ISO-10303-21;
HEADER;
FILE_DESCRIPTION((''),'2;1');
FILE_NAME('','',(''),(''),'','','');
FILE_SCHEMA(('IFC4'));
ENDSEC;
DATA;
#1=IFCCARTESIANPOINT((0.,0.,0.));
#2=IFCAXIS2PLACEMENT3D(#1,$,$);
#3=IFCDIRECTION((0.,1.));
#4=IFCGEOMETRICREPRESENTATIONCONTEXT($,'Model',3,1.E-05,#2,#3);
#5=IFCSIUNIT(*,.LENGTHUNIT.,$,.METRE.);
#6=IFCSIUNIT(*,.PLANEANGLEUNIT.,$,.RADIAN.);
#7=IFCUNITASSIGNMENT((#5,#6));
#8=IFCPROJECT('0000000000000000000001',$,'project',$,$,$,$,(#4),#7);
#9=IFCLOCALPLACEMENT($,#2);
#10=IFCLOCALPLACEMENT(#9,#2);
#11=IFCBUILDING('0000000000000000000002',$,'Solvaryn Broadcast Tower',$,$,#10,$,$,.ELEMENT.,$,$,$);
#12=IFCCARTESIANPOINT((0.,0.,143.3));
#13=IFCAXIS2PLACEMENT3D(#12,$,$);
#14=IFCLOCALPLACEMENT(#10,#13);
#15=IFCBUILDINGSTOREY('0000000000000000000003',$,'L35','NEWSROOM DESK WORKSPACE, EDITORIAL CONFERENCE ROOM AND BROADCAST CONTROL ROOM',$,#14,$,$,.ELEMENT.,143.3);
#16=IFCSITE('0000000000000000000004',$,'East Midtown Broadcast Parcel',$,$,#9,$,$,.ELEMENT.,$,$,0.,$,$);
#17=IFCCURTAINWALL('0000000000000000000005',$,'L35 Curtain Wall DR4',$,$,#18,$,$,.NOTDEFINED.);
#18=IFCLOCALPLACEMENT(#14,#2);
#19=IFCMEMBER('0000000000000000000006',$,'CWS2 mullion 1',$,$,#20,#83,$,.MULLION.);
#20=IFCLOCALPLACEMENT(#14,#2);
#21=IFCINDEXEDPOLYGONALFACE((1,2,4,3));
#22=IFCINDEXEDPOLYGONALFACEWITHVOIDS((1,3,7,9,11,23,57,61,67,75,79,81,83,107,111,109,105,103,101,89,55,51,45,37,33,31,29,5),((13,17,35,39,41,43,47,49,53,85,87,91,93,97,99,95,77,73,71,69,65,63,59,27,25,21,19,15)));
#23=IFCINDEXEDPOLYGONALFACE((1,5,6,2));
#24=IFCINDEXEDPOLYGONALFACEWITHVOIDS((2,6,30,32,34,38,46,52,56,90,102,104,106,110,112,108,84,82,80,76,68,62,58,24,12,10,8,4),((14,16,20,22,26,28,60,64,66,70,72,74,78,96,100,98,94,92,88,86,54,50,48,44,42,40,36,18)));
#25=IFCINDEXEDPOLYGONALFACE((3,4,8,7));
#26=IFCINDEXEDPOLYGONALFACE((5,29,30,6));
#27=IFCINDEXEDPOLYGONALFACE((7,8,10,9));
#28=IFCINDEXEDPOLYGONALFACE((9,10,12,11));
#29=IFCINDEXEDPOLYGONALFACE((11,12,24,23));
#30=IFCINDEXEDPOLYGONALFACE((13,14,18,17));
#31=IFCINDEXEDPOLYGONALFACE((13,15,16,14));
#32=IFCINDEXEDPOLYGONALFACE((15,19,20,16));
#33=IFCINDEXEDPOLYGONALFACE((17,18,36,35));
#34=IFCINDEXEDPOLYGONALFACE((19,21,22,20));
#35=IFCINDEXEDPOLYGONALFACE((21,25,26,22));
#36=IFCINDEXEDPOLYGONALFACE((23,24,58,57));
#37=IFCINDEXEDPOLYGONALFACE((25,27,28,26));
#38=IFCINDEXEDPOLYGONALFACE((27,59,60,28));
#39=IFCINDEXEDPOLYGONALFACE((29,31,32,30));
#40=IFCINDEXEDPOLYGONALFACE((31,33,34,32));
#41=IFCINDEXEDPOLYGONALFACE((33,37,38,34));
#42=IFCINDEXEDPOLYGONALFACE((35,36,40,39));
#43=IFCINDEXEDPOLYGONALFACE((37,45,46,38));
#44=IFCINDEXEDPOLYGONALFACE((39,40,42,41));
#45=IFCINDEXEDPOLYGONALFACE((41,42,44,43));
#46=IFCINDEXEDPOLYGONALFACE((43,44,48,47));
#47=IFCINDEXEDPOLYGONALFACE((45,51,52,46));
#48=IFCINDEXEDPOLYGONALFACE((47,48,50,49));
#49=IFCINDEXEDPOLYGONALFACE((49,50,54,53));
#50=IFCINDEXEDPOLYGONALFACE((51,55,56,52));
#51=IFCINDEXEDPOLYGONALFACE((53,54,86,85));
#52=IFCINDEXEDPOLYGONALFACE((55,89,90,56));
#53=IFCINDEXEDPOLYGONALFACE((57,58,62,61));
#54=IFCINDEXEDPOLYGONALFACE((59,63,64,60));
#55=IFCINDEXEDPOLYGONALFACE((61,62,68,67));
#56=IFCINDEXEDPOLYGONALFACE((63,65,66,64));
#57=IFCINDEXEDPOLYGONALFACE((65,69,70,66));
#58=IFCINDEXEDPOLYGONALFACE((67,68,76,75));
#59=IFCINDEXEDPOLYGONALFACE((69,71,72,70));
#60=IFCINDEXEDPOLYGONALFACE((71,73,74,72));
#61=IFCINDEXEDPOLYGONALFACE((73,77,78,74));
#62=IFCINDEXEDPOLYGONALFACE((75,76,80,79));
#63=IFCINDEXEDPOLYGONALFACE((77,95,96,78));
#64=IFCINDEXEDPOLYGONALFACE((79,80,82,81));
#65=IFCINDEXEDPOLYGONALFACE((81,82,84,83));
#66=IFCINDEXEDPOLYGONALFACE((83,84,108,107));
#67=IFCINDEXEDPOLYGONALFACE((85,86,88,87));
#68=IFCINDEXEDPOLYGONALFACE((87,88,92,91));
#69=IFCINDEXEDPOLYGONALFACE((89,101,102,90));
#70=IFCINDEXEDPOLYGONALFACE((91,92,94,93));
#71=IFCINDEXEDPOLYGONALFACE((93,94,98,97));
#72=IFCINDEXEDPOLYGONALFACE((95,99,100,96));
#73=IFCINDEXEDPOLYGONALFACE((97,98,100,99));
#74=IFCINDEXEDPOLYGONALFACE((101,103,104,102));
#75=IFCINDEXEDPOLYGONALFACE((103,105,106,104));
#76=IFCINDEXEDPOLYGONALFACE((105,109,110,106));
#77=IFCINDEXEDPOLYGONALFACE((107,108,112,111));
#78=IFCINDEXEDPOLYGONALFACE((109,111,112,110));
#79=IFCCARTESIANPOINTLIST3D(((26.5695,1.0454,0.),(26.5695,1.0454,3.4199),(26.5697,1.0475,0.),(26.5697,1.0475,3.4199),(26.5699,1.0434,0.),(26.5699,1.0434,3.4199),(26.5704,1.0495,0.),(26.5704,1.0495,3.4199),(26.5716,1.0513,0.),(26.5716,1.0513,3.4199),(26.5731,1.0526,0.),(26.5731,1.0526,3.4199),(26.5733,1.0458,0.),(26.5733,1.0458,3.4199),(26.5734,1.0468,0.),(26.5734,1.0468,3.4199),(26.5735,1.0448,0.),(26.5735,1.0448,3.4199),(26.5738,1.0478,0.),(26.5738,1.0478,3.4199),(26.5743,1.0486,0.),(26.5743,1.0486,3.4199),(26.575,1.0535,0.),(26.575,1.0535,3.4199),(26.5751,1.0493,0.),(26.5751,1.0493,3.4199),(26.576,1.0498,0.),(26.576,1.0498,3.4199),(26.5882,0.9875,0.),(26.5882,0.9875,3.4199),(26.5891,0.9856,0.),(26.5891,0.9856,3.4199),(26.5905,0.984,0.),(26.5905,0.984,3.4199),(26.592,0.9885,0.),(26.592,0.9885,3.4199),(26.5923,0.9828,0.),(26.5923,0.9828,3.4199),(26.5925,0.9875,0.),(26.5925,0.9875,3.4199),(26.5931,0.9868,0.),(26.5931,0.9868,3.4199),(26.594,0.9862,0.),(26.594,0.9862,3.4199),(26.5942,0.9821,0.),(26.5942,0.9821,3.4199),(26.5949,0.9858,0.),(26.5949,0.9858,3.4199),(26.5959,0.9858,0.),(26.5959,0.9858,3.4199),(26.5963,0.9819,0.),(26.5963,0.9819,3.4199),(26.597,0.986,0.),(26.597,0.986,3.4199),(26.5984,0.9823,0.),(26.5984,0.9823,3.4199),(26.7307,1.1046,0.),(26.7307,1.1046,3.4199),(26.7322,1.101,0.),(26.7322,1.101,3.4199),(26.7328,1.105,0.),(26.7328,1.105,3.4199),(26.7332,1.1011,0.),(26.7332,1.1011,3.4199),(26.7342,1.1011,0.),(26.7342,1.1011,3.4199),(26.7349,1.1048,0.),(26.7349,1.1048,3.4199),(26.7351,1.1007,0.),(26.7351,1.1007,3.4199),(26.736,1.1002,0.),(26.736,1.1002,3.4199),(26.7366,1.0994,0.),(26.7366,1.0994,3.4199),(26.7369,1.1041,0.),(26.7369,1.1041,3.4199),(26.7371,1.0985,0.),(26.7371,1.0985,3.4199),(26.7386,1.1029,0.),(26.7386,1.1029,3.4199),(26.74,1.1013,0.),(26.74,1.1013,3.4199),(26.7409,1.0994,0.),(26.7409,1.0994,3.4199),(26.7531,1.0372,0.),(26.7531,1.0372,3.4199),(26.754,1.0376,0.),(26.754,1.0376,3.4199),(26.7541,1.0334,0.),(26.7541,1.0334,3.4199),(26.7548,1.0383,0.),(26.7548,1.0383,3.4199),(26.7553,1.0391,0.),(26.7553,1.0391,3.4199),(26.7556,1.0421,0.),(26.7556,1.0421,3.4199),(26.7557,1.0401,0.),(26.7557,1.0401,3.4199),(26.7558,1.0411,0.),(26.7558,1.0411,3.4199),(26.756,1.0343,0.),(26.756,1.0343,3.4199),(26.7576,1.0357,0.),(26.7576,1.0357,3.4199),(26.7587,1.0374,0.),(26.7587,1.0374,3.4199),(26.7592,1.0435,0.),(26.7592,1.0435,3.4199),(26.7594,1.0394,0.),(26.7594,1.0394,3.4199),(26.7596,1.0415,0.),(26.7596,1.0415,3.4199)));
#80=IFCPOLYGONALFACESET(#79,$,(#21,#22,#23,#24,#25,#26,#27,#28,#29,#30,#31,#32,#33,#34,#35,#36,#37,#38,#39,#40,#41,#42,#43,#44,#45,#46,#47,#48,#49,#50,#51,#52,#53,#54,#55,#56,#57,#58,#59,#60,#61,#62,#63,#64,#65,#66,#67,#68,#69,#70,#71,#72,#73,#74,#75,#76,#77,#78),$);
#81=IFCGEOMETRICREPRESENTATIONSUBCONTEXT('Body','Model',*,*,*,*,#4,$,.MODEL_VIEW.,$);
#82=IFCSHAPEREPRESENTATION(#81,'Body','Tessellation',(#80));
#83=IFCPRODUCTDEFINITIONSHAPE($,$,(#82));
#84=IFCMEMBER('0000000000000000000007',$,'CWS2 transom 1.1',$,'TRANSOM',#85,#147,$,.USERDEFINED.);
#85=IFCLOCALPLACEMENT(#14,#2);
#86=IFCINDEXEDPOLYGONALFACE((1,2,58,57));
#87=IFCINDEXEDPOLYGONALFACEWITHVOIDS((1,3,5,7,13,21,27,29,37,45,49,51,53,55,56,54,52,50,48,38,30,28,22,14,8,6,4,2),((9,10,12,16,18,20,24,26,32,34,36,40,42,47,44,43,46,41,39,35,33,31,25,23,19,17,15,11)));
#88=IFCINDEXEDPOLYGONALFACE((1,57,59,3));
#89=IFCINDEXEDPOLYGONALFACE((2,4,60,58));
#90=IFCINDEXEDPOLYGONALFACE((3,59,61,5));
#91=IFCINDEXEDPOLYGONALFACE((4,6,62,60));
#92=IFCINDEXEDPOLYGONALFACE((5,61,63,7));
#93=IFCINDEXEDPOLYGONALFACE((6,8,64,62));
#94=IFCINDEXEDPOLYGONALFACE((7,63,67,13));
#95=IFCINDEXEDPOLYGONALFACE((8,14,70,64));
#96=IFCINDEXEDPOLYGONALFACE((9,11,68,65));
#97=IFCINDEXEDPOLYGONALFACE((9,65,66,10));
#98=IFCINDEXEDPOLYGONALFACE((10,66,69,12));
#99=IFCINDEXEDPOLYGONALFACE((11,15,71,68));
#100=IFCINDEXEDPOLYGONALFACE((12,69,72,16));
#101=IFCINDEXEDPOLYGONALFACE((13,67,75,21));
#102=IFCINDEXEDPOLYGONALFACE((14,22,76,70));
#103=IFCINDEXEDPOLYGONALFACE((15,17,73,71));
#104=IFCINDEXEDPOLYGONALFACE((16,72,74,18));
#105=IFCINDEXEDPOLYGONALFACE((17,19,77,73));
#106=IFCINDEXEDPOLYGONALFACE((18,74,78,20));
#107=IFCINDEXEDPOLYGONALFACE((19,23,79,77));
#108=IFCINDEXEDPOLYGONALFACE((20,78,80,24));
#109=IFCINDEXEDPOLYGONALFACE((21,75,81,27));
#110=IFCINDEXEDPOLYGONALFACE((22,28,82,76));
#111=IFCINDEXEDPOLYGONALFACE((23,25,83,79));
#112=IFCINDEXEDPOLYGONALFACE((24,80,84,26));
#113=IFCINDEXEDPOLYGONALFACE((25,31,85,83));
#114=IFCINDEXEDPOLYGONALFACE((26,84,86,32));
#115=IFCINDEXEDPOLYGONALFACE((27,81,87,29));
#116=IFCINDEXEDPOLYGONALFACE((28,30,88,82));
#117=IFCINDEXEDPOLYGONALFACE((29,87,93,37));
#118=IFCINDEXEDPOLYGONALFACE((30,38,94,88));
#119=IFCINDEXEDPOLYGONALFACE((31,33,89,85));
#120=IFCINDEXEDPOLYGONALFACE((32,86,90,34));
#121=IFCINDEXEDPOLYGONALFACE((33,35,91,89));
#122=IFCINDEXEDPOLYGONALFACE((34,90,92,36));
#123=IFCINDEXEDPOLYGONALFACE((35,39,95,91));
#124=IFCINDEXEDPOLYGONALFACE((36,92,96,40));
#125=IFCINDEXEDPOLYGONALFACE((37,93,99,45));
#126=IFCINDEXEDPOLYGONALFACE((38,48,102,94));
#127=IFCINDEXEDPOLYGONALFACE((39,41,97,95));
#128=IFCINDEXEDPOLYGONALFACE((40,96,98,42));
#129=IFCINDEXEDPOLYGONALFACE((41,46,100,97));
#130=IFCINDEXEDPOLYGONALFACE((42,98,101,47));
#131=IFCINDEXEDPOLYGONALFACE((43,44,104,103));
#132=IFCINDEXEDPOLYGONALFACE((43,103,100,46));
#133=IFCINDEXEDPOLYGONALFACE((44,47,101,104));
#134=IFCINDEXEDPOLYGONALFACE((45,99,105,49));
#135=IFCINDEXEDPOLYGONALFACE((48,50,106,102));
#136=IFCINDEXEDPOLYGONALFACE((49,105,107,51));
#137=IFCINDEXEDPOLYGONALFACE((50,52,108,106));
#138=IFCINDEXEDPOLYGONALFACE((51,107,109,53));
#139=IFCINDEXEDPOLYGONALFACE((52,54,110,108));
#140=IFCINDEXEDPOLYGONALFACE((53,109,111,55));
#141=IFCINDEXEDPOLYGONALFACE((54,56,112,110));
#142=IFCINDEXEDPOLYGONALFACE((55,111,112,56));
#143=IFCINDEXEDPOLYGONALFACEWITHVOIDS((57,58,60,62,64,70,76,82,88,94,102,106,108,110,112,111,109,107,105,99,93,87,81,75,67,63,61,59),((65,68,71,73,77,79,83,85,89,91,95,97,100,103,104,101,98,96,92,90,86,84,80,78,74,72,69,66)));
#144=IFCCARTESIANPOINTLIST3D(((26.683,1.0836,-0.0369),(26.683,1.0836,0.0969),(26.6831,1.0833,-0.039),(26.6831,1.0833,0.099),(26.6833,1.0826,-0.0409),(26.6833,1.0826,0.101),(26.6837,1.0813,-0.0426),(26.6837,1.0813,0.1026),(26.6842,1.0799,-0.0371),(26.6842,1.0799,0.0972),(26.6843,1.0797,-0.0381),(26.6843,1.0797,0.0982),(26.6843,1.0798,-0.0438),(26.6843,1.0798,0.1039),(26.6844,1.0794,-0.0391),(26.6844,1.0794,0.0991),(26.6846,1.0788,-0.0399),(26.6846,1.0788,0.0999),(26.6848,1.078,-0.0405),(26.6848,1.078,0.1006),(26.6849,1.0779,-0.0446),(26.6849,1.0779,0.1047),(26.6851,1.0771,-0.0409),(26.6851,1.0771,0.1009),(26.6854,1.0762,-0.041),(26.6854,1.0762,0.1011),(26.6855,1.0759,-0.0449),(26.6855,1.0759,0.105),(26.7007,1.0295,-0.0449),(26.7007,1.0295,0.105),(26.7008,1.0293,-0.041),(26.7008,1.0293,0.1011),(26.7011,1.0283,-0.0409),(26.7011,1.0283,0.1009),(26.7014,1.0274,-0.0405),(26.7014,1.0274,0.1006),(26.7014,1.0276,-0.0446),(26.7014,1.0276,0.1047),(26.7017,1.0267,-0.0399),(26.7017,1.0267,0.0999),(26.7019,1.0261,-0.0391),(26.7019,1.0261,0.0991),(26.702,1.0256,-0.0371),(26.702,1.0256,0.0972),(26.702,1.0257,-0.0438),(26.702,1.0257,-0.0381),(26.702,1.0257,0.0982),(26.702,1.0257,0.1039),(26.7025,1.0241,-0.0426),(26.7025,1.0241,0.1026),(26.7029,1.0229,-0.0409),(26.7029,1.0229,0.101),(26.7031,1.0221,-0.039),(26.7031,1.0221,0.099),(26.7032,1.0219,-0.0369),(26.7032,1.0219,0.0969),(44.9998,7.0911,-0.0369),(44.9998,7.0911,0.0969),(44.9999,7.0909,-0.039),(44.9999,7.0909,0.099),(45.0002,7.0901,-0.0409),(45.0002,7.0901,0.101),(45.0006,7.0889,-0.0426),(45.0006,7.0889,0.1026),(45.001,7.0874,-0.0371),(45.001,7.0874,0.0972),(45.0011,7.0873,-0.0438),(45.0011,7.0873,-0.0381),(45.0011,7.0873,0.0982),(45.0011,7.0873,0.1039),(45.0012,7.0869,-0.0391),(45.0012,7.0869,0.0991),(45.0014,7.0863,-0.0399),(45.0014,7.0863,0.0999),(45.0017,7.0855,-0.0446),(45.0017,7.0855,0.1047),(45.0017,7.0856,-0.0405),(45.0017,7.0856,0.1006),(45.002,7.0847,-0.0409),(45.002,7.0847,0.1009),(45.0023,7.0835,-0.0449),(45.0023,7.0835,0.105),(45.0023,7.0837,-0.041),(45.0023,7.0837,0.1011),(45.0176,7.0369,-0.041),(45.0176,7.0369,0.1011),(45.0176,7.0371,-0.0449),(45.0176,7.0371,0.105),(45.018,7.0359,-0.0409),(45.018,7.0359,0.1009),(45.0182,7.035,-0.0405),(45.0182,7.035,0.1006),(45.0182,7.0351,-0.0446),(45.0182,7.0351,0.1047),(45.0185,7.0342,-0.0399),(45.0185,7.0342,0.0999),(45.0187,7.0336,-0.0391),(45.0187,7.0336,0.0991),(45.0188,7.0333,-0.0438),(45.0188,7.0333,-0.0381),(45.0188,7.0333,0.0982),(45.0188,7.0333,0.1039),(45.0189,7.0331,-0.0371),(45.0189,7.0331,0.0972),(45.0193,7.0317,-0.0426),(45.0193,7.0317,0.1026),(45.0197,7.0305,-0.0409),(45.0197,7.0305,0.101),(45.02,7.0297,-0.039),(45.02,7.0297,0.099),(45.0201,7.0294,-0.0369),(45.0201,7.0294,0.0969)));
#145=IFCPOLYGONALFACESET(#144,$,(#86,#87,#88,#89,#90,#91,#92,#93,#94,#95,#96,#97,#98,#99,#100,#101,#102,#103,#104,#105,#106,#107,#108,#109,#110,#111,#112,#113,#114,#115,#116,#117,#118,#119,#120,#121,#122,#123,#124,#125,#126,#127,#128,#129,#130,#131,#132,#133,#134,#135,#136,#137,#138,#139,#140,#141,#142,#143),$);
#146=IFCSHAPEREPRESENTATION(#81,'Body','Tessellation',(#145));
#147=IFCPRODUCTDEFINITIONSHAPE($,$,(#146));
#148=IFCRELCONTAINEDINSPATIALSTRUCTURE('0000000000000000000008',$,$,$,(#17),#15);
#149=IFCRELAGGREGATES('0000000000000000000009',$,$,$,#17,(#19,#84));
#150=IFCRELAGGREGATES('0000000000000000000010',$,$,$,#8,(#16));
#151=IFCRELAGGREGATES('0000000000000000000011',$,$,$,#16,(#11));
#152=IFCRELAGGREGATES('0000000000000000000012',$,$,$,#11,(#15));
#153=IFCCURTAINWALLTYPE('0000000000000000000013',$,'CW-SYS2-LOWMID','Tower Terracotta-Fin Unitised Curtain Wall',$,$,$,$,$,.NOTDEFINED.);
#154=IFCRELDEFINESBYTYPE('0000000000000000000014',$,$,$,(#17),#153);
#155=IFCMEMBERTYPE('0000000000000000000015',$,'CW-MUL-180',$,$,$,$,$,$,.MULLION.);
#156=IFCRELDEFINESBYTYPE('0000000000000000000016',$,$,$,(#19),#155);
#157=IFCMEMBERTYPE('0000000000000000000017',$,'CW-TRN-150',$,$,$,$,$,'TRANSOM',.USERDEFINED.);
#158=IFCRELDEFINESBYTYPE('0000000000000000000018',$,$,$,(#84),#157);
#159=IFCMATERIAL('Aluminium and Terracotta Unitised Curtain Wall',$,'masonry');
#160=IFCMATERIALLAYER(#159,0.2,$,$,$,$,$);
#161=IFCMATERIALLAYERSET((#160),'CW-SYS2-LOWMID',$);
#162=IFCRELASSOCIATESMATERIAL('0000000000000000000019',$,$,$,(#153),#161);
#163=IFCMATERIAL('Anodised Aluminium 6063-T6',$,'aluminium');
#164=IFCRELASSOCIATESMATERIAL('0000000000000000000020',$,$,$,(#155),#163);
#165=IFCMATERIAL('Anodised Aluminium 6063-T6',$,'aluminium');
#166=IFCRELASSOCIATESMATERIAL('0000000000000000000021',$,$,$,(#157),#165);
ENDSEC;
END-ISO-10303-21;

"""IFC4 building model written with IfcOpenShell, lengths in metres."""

from ifc_helpers import new_model, si_unit, direction, frame, origin, origin_2d, place, context, subcontext, project, spatial, hollow_rectangle, extrude, material, layer, layer_set, material_profile, profile_set, type_object, element, aggregate, save


model = new_model("IFC4")

# Units and contexts
model_context = context("Model", 3, precision=1e-05, world=origin(), true_north=direction((0.0, 1.0)))
body_context = subcontext(model_context, "Body", "Model", "MODEL_VIEW")
ifc_project = project(units=[si_unit("LENGTHUNIT", "METRE"), si_unit("PLANEANGLEUNIT", "RADIAN")], contexts=[model_context])

# Site, building, storey
site_placement = place(None, origin())
site = spatial("IfcSite", under=ifc_project, at=site_placement, Name="East Midtown Broadcast Parcel", CompositionType="ELEMENT", RefElevation=0.0)
building_placement = place(site_placement, origin())
building = spatial("IfcBuilding", under=site, at=building_placement, Name="Solvaryn Broadcast Tower", CompositionType="ELEMENT")
storey_placement = place(building_placement, frame((0.0, 0.0, 143.3)))
storey = spatial("IfcBuildingStorey", under=building, at=storey_placement, Name="L35", Description="NEWSROOM DESK WORKSPACE, EDITORIAL CONFERENCE ROOM AND BROADCAST CONTROL ROOM", CompositionType="ELEMENT", Elevation=143.3)

# Shared definitions
ifc_material_1 = material(Name="Aluminium and Terracotta Unitised Curtain Wall", Category="masonry")
ifc_layer_1 = layer(ifc_material_1, 0.2)
ifc_layer_set_1 = layer_set([ifc_layer_1], Name="CW-SYS2-LOWMID")
curtain_wall_type = type_object("IfcCurtainWallType", Name="CW-SYS2-LOWMID", Description="Tower Terracotta-Fin Unitised Curtain Wall", PredefinedType="NOTDEFINED", material=ifc_layer_set_1)
ifc_material_2 = material(Name="Anodised Aluminium 6063-T6", Category="aluminium")
ifc_material_profile_1 = material_profile(ifc_material_2, hollow_rectangle(XDim=0.075, YDim=0.1799, WallThickness=0.0039, InnerFilletRadius=0.0039, OuterFilletRadius=0.0081, at=origin_2d()))
ifc_profile_set_1 = profile_set([ifc_material_profile_1], Name="Anodised Aluminium 6063-T6")
member_type_1 = type_object("IfcMemberType", Name="CW-MUL-180", PredefinedType="MULLION", material=ifc_profile_set_1)

# Curtain wall, members
curtain_wall_1_placement = place(storey_placement, origin())
curtain_wall_1 = element("IfcCurtainWall", 1, at=curtain_wall_1_placement, inside=storey, type_object=curtain_wall_type, Name="L35 Curtain Wall DR4", PredefinedType="NOTDEFINED")
member_1_placement = place(storey_placement, frame((26.6646, 1.0435, 0.0), z_axis=(0.0, 0.0, 1.0), x_axis=(-0.311646, 0.950198, 0.0)))
member_1 = element("IfcMember", 2, at=member_1_placement, type_object=member_type_1, Name="CWS2 mullion 1", PredefinedType="MULLION", context=body_context, shape_type="SweptSolid", body=[
    extrude(hollow_rectangle(XDim=0.075, YDim=0.1799, WallThickness=0.0039, InnerFilletRadius=0.0039, OuterFilletRadius=0.0081, at=origin_2d()), origin(), (0.0, 0.0, 1.0), 3.4199),
])
ifc_material_3 = material(Name="Anodised Aluminium 6063-T6", Category="aluminium")
ifc_material_profile_2 = material_profile(ifc_material_3, hollow_rectangle(XDim=0.0649, YDim=0.1499, WallThickness=0.0039, InnerFilletRadius=0.0039, OuterFilletRadius=0.0081, at=origin_2d()))
ifc_profile_set_2 = profile_set([ifc_material_profile_2], Name="Anodised Aluminium 6063-T6")
member_type_2 = type_object("IfcMemberType", Name="CW-TRN-150", ElementType="TRANSOM", PredefinedType="USERDEFINED", material=ifc_profile_set_2)
member_2_placement = place(storey_placement, frame((26.6931, 1.0527, 0.03), z_axis=(0.950198, 0.311646, 0.0), x_axis=(-0.311646, 0.950198, 0.0)))
member_2 = element("IfcMember", 3, at=member_2_placement, type_object=member_type_2, Name="CWS2 transom 1.1", ObjectType="TRANSOM", PredefinedType="USERDEFINED", context=body_context, shape_type="SweptSolid", body=[
    extrude(hollow_rectangle(XDim=0.0649, YDim=0.1499, WallThickness=0.0039, InnerFilletRadius=0.0039, OuterFilletRadius=0.0081, at=origin_2d()), origin(), (0.0, 0.0, 1.0), 19.2769),
])
aggregate(curtain_wall_1, [member_1, member_2])

save(model, "model.ifc")
